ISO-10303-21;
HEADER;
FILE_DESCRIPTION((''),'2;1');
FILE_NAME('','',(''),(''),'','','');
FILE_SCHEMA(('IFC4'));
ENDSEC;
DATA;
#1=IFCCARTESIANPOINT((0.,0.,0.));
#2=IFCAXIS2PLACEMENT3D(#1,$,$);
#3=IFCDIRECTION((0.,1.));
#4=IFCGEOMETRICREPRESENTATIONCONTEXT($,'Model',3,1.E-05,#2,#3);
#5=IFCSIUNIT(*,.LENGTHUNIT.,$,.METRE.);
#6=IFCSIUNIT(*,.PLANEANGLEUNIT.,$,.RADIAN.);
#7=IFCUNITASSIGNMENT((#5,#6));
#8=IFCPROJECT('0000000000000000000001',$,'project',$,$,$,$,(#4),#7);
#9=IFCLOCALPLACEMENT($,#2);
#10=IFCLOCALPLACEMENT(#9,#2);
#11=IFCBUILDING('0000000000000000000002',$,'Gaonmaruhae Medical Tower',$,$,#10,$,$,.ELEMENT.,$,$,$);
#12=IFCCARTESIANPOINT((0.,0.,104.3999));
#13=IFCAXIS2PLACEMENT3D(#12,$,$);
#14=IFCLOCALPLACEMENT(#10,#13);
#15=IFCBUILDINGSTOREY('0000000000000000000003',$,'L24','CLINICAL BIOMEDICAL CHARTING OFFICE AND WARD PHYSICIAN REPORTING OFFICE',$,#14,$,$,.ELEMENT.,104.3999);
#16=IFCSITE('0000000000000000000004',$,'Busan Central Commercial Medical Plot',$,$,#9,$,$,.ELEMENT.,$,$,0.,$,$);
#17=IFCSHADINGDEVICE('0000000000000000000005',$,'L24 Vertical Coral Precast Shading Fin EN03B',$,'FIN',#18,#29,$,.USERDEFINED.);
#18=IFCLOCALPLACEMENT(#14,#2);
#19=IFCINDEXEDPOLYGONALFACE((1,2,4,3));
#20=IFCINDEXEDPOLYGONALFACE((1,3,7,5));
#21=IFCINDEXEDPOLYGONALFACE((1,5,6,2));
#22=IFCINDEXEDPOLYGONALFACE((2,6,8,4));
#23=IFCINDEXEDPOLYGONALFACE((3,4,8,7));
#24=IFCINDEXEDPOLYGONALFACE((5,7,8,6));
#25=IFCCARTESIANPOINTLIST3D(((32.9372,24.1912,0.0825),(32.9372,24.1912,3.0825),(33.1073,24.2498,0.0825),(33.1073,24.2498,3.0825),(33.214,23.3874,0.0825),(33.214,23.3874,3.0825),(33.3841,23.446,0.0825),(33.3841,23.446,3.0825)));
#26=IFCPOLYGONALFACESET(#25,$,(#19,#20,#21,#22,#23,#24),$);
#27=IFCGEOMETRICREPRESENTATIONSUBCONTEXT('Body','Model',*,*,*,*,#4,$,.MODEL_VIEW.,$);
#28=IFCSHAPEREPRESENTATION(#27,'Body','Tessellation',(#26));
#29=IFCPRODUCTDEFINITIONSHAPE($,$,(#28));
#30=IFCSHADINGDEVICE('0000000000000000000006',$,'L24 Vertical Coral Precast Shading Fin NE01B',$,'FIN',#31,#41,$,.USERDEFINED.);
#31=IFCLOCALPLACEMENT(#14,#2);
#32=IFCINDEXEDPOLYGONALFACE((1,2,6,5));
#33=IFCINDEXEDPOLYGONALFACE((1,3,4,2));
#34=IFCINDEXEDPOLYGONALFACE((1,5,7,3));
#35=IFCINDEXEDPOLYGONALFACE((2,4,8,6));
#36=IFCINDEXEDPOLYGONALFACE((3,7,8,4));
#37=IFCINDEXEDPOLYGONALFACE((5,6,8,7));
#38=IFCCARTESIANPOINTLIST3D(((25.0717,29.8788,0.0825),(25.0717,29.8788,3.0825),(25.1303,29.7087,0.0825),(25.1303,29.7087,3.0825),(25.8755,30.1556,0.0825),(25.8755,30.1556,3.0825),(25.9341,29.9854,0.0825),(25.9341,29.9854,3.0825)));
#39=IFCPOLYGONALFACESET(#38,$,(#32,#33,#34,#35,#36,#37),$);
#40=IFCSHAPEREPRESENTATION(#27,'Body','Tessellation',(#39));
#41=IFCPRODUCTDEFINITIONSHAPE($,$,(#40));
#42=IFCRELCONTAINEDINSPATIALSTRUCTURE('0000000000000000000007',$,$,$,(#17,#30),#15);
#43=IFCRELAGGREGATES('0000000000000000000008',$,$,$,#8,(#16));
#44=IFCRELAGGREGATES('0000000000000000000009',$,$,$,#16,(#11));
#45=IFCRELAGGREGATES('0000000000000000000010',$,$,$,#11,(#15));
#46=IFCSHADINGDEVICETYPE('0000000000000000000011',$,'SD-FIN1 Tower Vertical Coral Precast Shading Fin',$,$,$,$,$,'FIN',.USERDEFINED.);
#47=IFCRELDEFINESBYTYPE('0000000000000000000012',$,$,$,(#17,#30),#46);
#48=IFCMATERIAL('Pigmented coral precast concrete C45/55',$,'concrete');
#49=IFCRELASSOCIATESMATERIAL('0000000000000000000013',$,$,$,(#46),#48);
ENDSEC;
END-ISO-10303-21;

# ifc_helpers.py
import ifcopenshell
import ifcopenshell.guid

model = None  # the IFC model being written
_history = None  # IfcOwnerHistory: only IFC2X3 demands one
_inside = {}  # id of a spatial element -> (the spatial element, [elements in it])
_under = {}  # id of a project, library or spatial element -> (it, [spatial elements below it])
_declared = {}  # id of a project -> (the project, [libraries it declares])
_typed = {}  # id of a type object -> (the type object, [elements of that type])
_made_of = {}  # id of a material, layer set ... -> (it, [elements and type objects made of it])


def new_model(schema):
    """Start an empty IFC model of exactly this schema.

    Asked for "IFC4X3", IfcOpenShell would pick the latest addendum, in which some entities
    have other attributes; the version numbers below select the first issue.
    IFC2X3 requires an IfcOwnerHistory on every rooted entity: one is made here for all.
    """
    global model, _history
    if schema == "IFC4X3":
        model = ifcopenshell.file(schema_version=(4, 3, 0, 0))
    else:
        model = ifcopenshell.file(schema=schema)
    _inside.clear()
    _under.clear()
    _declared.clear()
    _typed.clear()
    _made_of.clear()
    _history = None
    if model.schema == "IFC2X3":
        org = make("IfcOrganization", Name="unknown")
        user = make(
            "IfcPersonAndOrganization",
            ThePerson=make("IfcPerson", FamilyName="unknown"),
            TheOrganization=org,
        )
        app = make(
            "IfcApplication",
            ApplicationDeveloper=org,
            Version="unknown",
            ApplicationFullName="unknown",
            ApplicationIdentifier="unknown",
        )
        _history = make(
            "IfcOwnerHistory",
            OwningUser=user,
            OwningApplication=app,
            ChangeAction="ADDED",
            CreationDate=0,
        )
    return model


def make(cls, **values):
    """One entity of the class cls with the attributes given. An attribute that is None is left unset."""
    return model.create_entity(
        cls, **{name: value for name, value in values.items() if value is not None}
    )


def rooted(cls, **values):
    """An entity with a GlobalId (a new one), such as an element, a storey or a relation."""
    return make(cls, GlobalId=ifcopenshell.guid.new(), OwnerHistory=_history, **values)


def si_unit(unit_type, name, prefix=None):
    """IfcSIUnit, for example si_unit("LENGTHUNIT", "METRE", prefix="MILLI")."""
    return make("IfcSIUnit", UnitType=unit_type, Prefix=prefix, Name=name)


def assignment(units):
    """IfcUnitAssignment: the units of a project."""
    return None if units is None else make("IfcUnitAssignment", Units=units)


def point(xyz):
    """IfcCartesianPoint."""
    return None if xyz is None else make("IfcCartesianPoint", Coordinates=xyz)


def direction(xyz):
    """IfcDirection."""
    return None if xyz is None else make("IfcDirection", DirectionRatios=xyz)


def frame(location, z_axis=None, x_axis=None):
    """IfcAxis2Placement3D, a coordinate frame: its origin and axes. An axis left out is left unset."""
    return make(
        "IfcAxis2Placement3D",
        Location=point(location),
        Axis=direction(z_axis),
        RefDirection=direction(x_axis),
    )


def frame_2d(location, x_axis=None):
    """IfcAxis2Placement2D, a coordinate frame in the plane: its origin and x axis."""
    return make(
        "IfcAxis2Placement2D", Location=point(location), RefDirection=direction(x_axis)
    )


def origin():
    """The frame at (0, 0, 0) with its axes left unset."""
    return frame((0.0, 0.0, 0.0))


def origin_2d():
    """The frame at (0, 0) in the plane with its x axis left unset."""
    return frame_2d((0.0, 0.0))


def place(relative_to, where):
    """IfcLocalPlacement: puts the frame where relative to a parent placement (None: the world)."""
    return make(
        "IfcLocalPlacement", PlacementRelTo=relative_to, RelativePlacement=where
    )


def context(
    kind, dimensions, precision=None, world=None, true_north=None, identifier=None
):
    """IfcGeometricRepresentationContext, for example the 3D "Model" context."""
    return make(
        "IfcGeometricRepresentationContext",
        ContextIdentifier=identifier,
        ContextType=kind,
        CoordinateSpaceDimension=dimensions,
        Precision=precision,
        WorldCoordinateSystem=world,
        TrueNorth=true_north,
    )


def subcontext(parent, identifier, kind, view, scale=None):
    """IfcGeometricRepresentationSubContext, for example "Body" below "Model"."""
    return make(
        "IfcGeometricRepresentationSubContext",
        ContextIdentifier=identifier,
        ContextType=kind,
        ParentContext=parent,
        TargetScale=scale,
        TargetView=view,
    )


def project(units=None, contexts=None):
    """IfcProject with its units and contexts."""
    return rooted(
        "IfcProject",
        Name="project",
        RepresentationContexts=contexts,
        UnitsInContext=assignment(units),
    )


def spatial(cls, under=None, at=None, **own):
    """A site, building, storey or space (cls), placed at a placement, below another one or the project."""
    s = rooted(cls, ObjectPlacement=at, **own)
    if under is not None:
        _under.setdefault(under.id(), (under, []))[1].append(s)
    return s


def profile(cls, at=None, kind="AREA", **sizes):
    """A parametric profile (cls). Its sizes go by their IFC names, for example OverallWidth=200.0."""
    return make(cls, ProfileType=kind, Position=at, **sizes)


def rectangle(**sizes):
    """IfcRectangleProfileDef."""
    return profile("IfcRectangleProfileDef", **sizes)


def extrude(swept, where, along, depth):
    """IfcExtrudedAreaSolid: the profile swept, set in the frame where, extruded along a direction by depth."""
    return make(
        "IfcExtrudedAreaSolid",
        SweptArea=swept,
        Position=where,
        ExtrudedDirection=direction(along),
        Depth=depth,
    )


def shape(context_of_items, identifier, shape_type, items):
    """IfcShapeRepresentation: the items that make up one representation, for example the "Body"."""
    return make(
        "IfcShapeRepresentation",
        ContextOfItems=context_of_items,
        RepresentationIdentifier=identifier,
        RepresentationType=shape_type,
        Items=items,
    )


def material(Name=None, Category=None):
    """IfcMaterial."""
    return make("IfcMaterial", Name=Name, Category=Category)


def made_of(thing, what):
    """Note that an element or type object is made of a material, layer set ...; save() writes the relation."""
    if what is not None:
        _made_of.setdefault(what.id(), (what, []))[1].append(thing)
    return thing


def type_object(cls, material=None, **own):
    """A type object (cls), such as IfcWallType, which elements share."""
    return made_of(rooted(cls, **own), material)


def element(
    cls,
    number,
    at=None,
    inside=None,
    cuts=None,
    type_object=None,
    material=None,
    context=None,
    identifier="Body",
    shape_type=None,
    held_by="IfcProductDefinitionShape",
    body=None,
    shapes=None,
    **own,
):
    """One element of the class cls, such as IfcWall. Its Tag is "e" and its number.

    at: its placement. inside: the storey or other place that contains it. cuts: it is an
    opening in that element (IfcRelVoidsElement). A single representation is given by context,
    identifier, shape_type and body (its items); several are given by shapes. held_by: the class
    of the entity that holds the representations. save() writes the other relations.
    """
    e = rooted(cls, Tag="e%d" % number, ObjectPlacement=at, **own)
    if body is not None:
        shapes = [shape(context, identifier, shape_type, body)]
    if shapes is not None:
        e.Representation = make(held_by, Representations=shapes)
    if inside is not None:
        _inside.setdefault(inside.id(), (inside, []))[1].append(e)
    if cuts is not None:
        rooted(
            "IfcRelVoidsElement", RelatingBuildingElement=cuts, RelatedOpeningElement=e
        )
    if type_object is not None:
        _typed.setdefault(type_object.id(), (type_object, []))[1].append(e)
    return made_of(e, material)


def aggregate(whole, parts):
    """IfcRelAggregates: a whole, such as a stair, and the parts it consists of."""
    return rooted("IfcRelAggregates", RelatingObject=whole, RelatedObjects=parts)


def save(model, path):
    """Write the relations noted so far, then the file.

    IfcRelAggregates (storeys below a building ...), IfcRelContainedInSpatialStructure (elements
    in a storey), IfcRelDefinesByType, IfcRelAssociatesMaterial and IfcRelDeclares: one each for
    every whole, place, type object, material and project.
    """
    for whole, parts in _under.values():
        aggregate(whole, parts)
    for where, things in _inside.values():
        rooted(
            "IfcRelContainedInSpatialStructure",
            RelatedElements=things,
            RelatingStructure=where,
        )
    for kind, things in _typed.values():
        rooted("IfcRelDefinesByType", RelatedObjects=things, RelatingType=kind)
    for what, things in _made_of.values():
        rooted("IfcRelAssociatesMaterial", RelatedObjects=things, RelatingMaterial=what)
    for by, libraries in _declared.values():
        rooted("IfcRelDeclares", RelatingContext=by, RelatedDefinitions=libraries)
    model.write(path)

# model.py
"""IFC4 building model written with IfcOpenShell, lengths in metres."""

from ifc_helpers import new_model, si_unit, direction, frame, origin, origin_2d, place, context, subcontext, project, spatial, rectangle, extrude, material, type_object, element, save


model = new_model("IFC4")

# Units and contexts
model_context = context("Model", 3, precision=1e-05, world=origin(), true_north=direction((0.0, 1.0)))
body_context = subcontext(model_context, "Body", "Model", "MODEL_VIEW")
ifc_project = project(units=[si_unit("LENGTHUNIT", "METRE"), si_unit("PLANEANGLEUNIT", "RADIAN")], contexts=[model_context])

# Site, building, storey
site_placement = place(None, origin())
site = spatial("IfcSite", under=ifc_project, at=site_placement, Name="Busan Central Commercial Medical Plot", CompositionType="ELEMENT", RefElevation=0.0)
building_placement = place(site_placement, origin())
building = spatial("IfcBuilding", under=site, at=building_placement, Name="Gaonmaruhae Medical Tower", CompositionType="ELEMENT")
storey_placement = place(building_placement, frame((0.0, 0.0, 104.3999)))
storey = spatial("IfcBuildingStorey", under=building, at=storey_placement, Name="L24", Description="CLINICAL BIOMEDICAL CHARTING OFFICE AND WARD PHYSICIAN REPORTING OFFICE", CompositionType="ELEMENT", Elevation=104.3999)

# Shading devices
ifc_material_1 = material(Name="Pigmented coral precast concrete C45/55", Category="concrete")
shading_device_type = type_object("IfcShadingDeviceType", Name="SD-FIN1 Tower Vertical Coral Precast Shading Fin", ElementType="FIN", PredefinedType="USERDEFINED", material=ifc_material_1)
for number, where, z_axis, x_axis, name in (
    (1, (33.1606, 23.8186, 0.0825), (0.0, 0.0, 1.0), (0.945519, 0.325568, 0.0), "L24 Vertical Coral Precast Shading Fin EN03B"),
    (2, (25.5029, 29.9321, 0.0825), (0.0, 0.0, 1.0), (0.325568, -0.945519, 0.0), "L24 Vertical Coral Precast Shading Fin NE01B"),
):
    element("IfcShadingDevice", number, at=place(storey_placement, frame(where, z_axis=z_axis, x_axis=x_axis)), inside=storey, type_object=shading_device_type, Name=name, ObjectType="FIN", PredefinedType="USERDEFINED", context=body_context, shape_type="SweptSolid", body=[
        extrude(rectangle(XDim=0.1799, YDim=0.8501, at=origin_2d()), origin(), (0.0, 0.0, 1.0), 3.0),
    ])

save(model, "model.ifc")
